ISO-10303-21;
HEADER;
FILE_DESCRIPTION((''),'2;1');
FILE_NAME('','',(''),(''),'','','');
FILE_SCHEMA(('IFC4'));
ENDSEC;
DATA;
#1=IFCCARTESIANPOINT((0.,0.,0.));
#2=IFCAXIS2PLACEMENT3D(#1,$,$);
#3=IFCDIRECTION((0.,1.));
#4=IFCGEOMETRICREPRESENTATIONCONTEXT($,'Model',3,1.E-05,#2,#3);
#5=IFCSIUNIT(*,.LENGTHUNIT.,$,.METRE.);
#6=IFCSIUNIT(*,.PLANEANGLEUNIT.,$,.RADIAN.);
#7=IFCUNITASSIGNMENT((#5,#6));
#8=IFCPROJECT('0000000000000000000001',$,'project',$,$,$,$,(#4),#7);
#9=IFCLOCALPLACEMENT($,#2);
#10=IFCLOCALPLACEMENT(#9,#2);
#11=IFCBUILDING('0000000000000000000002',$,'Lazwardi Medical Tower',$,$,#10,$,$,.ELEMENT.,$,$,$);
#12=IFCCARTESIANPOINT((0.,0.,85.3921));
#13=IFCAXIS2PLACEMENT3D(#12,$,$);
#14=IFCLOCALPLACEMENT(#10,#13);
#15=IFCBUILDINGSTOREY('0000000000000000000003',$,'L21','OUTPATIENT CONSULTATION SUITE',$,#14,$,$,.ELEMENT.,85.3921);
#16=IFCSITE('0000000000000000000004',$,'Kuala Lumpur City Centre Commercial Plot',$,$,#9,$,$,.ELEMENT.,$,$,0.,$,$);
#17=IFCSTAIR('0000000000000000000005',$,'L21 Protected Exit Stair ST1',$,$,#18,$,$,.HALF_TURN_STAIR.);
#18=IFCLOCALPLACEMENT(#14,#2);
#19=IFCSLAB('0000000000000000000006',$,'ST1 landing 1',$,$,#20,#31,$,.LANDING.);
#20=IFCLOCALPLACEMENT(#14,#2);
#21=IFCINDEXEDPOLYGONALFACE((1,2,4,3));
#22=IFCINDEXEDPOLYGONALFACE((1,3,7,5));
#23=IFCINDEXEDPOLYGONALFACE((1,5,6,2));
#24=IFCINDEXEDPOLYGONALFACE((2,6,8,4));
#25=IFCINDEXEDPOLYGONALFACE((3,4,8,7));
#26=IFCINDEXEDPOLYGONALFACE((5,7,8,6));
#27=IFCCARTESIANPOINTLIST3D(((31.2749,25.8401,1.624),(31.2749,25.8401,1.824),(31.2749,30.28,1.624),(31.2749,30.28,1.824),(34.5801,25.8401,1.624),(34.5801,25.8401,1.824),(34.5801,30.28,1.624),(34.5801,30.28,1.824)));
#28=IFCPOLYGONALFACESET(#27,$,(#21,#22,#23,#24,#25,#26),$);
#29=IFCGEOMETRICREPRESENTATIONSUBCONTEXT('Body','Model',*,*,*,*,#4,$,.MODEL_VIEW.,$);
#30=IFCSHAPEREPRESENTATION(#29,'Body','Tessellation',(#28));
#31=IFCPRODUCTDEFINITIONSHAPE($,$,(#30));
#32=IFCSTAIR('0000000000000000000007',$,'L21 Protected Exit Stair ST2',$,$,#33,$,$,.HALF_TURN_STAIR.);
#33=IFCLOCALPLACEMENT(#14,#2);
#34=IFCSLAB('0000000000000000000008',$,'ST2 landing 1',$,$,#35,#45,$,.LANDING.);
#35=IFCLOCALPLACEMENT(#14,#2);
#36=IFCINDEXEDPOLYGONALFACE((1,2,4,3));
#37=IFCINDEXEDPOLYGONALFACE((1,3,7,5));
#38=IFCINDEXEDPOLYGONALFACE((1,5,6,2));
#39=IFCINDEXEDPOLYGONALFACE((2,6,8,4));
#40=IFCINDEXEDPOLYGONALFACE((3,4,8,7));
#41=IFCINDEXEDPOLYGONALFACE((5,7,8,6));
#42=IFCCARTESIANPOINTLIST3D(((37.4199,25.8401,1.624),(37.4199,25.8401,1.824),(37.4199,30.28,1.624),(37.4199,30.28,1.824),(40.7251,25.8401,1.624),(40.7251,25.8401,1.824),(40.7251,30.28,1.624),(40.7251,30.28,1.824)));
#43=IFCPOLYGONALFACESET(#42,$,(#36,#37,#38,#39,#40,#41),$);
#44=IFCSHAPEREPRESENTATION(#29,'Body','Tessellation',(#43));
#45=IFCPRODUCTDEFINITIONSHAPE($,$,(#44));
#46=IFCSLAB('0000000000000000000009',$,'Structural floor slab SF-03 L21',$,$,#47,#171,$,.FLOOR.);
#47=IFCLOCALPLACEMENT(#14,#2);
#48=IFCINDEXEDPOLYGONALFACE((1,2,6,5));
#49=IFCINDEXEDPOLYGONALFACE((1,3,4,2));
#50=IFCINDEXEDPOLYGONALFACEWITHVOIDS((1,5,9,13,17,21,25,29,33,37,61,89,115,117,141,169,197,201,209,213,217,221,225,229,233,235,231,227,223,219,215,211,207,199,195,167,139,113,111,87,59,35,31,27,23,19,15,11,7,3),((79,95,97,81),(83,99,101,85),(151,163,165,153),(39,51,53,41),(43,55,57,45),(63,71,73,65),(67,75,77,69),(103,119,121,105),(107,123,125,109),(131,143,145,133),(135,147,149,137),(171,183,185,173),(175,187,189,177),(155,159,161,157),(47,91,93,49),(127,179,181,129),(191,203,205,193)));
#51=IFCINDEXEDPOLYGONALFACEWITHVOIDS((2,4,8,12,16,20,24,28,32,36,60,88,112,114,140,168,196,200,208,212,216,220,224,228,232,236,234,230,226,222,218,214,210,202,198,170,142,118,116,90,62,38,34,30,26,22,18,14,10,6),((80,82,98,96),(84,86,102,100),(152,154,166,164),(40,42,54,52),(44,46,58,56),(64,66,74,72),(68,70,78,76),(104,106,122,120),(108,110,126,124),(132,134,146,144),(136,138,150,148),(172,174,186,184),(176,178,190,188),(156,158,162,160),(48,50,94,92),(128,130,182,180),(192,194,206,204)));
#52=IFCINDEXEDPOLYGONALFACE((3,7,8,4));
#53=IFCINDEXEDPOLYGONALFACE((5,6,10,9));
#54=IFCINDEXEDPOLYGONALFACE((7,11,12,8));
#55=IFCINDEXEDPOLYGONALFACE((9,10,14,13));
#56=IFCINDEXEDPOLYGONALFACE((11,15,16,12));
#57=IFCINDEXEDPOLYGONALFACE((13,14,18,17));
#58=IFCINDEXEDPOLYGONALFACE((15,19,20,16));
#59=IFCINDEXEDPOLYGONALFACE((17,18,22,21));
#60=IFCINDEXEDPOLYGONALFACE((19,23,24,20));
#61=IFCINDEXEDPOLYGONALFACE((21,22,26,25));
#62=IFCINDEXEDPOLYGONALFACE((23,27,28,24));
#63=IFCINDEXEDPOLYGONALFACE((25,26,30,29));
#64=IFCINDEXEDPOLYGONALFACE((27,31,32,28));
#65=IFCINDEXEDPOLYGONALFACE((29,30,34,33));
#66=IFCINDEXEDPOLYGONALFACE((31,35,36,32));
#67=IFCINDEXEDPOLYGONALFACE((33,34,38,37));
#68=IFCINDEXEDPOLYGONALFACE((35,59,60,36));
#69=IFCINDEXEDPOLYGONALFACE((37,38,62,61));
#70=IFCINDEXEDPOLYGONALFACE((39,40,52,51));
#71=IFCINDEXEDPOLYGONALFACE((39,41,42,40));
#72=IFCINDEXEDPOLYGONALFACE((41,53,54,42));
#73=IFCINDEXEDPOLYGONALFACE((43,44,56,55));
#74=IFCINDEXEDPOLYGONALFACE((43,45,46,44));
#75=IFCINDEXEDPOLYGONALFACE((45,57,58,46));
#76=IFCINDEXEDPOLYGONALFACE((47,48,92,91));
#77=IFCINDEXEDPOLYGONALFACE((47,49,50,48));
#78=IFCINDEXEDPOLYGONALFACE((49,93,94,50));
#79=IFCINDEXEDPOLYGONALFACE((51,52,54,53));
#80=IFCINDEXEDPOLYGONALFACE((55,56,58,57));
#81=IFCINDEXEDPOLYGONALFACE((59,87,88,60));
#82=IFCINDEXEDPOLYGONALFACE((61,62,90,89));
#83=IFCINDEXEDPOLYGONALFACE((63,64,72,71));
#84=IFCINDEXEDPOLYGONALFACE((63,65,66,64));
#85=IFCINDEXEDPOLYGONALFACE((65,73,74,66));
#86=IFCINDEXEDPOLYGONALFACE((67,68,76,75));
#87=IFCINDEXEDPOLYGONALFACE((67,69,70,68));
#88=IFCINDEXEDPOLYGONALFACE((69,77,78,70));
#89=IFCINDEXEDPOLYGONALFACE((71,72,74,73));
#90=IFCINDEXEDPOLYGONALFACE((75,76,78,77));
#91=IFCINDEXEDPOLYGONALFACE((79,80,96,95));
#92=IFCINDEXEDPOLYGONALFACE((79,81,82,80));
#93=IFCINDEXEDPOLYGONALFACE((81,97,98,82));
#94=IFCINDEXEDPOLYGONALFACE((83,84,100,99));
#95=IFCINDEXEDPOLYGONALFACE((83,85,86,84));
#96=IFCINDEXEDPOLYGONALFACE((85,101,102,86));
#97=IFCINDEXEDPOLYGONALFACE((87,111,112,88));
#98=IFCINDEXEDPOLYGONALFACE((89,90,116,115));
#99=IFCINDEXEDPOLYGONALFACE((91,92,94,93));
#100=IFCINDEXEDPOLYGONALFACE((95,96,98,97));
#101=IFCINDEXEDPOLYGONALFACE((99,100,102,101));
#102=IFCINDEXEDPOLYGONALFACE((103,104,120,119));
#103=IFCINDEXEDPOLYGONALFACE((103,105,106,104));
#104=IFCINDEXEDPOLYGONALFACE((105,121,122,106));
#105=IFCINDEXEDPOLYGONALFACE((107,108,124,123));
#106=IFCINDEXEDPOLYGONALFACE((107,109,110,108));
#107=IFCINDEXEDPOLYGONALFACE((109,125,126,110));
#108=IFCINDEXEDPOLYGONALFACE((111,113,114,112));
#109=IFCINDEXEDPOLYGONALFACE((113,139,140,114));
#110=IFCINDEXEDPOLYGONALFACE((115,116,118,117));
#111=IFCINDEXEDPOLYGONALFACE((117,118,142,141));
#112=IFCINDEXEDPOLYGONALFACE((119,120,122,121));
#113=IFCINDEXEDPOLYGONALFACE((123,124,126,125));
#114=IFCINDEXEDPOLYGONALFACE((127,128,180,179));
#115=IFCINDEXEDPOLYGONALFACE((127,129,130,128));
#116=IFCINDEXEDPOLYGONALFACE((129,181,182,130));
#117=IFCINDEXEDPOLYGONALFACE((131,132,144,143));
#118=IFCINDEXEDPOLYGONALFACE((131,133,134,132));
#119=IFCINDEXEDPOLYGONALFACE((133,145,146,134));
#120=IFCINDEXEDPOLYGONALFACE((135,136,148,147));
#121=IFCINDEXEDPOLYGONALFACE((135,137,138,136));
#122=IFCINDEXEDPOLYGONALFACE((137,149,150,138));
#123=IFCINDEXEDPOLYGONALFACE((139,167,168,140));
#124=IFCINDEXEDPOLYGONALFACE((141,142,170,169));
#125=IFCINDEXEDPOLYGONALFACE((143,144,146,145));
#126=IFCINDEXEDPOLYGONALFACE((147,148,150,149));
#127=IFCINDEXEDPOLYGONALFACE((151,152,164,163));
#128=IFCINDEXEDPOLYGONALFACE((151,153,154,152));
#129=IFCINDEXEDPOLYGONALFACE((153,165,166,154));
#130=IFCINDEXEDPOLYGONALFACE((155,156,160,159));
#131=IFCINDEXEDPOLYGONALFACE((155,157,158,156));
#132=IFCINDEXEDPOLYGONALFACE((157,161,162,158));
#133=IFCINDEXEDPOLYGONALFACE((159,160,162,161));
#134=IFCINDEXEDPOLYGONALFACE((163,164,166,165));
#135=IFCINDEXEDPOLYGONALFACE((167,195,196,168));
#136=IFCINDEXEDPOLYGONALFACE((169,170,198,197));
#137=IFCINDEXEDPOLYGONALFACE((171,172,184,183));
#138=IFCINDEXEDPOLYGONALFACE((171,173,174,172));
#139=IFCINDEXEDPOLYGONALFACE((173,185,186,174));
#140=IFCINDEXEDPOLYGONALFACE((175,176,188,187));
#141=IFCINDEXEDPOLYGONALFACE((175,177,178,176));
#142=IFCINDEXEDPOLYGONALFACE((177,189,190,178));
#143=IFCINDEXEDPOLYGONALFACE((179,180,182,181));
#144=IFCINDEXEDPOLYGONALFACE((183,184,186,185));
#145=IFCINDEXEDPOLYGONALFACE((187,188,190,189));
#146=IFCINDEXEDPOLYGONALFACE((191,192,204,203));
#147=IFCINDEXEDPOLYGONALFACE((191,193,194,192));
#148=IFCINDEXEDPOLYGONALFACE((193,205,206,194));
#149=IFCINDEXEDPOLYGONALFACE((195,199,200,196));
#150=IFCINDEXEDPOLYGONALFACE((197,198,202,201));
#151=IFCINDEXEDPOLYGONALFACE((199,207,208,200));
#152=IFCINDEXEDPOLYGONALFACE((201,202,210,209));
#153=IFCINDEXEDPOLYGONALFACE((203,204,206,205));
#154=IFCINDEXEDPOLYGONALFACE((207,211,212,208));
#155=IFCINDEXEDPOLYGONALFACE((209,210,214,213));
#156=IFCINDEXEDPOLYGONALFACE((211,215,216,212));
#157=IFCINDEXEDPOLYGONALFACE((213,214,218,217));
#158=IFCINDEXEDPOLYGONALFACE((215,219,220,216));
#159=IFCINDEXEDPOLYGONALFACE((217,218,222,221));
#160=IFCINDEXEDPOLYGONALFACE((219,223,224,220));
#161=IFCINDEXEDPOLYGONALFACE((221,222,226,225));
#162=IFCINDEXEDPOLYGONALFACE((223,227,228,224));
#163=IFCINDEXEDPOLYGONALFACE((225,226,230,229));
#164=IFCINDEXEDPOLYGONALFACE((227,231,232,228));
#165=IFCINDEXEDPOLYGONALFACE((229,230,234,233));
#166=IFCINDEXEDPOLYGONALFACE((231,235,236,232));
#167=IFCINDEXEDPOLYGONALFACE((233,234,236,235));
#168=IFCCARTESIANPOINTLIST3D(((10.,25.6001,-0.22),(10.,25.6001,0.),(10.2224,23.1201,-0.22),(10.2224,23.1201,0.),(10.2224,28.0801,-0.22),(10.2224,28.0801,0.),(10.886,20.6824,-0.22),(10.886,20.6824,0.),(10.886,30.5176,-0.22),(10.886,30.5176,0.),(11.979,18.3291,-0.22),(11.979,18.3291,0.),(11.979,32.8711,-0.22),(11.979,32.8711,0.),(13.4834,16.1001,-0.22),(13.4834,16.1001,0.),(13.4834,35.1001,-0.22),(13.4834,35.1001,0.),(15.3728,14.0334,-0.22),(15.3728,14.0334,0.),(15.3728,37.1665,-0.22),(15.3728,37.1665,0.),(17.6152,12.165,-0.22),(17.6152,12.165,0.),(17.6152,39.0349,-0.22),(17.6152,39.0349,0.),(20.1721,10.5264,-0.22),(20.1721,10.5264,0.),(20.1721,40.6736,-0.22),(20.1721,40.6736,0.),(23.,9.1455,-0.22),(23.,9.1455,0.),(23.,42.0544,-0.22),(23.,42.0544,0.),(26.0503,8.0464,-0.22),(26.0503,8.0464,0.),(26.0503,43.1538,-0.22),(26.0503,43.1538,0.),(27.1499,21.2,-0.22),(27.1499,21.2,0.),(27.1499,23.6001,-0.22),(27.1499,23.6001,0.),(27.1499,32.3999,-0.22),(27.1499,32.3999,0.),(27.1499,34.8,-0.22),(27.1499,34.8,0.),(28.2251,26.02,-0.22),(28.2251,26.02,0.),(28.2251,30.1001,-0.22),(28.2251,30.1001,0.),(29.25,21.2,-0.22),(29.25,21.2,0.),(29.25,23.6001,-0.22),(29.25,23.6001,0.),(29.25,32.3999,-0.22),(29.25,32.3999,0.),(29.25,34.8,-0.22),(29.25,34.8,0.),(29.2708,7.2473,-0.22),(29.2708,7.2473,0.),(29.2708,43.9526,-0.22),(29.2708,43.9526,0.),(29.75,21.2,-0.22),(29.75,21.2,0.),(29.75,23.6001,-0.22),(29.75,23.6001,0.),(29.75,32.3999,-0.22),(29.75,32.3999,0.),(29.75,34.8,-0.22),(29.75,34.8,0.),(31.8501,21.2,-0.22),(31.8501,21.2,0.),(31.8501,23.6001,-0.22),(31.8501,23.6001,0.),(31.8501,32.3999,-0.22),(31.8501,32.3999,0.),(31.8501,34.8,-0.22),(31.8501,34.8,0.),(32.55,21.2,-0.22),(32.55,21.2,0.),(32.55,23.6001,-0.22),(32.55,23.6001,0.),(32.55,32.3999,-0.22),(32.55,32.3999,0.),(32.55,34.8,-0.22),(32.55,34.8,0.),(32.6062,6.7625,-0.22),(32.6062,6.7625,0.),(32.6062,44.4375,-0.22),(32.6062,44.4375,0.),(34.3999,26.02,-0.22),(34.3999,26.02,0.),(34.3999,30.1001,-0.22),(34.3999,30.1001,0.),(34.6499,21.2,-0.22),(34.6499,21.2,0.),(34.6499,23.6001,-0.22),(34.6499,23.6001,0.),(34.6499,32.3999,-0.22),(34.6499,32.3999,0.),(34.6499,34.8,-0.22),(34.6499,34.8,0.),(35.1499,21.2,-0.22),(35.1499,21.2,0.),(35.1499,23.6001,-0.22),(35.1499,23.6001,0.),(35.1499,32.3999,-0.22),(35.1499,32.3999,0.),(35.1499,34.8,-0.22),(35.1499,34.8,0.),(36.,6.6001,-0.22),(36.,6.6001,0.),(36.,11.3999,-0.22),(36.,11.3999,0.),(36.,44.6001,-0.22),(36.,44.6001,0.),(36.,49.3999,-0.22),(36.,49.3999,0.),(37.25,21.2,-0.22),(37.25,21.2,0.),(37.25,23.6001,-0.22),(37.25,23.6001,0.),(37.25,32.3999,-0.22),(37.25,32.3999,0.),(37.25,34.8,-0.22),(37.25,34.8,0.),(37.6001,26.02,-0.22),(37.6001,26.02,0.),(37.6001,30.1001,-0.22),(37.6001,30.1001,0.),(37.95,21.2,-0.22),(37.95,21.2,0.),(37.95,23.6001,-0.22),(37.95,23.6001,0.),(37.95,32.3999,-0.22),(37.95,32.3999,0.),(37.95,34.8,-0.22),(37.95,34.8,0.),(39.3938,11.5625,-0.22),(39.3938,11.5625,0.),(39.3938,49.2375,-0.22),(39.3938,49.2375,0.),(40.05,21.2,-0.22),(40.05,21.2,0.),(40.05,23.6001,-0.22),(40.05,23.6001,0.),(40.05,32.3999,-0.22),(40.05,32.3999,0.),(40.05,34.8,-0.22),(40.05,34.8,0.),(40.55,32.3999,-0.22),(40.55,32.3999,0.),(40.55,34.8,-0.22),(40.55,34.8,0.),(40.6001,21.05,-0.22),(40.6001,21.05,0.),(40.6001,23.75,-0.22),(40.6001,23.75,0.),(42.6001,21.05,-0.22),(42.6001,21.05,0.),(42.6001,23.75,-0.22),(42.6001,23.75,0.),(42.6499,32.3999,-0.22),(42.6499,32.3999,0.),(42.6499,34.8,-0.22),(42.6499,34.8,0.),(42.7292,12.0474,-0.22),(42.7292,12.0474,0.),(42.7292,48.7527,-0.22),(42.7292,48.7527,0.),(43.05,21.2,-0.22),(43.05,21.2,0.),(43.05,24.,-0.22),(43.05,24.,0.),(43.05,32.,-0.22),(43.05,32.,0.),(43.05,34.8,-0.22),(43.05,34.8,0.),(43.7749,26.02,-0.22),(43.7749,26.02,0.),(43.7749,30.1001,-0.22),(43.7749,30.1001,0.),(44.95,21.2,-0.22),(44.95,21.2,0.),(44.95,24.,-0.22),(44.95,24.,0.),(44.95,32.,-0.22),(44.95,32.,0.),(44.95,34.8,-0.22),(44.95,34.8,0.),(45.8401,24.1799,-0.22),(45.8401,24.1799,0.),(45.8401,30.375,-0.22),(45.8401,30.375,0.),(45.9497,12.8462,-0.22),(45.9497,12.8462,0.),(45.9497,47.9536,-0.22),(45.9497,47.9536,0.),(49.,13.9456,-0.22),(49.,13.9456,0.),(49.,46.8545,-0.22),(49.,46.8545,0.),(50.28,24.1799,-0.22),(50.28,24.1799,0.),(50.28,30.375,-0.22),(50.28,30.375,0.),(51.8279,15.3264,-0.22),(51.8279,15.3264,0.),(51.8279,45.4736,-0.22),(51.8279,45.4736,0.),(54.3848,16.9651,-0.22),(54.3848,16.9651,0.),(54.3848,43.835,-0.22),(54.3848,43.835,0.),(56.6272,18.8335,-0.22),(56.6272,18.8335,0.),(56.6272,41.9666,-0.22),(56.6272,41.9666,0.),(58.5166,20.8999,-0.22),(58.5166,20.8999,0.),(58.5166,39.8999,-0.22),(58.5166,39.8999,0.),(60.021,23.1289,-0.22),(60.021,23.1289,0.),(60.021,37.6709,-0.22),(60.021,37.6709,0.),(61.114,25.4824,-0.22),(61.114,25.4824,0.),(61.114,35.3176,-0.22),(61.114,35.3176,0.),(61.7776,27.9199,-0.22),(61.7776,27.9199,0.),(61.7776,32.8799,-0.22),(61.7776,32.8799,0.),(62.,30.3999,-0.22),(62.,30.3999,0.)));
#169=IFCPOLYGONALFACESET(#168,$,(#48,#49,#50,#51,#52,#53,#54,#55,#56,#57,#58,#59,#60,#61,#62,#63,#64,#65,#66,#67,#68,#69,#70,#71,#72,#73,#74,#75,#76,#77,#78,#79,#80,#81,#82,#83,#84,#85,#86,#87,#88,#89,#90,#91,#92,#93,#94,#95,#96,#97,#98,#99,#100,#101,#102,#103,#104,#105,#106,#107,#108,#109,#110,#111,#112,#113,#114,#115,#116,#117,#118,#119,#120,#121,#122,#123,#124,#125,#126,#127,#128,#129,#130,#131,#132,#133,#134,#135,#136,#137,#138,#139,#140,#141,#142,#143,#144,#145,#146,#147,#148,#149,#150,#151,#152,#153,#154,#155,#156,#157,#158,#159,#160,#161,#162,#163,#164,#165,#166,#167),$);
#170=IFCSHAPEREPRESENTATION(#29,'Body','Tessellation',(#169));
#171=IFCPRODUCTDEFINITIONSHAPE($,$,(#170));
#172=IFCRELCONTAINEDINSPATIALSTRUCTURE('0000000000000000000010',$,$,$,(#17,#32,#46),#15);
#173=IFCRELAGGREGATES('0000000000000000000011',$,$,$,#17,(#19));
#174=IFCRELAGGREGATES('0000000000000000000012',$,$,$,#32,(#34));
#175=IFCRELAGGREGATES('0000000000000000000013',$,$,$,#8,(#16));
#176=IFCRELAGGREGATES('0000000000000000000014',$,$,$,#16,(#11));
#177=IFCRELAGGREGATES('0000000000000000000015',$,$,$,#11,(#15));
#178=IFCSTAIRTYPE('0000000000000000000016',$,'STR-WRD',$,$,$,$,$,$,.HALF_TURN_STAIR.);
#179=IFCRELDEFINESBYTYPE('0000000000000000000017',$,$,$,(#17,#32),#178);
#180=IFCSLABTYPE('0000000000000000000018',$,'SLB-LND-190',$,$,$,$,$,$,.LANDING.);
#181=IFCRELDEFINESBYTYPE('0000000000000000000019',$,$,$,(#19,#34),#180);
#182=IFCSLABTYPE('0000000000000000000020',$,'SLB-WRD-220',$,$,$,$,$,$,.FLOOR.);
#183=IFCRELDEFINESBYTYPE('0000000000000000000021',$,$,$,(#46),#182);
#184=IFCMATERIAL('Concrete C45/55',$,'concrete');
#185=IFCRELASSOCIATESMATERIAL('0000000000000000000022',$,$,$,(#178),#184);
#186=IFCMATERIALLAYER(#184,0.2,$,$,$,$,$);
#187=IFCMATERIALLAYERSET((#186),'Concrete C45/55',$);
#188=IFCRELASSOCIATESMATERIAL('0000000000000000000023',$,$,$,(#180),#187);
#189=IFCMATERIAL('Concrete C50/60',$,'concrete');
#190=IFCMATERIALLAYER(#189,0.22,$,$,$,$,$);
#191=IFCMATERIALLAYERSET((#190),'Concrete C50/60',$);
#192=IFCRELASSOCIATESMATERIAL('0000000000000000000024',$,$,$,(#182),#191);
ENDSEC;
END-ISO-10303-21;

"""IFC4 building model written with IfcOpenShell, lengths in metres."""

from ifc_helpers import new_model, si_unit, direction, frame, origin, place, context, subcontext, project, spatial, polyline, outline, extrude, material, layer, layer_set, type_object, element, aggregate, save


model = new_model("IFC4")

# Units and contexts
model_context = context("Model", 3, precision=1e-05, world=origin(), true_north=direction((0.0, 1.0)))
body_context = subcontext(model_context, "Body", "Model", "MODEL_VIEW")
ifc_project = project(units=[si_unit("LENGTHUNIT", "METRE"), si_unit("PLANEANGLEUNIT", "RADIAN")], contexts=[model_context])

# Site, building, storey
site_placement = place(None, origin())
site = spatial("IfcSite", under=ifc_project, at=site_placement, Name="Kuala Lumpur City Centre Commercial Plot", CompositionType="ELEMENT", RefElevation=0.0)
building_placement = place(site_placement, origin())
building = spatial("IfcBuilding", under=site, at=building_placement, Name="Lazwardi Medical Tower", CompositionType="ELEMENT")
storey_placement = place(building_placement, frame((0.0, 0.0, 85.3921)))
storey = spatial("IfcBuildingStorey", under=building, at=storey_placement, Name="L21", Description="OUTPATIENT CONSULTATION SUITE", CompositionType="ELEMENT", Elevation=85.3921)

# Stairs, slabs
ifc_material_1 = material(Name="Concrete C45/55", Category="concrete")
stair_type = type_object("IfcStairType", Name="STR-WRD", PredefinedType="HALF_TURN_STAIR", material=ifc_material_1)
stair_1_placement = place(storey_placement, origin())
stair_1 = element("IfcStair", 1, at=stair_1_placement, inside=storey, type_object=stair_type, Name="L21 Protected Exit Stair ST1", PredefinedType="HALF_TURN_STAIR")
ifc_layer_1 = layer(ifc_material_1, 0.2)
ifc_layer_set_1 = layer_set([ifc_layer_1], Name="Concrete C45/55")
slab_type_1 = type_object("IfcSlabType", Name="SLB-LND-190", PredefinedType="LANDING", material=ifc_layer_set_1)
slab_1_placement = place(storey_placement, frame((0.0, 0.0, 1.624)))
slab_1 = element("IfcSlab", 2, at=slab_1_placement, type_object=slab_type_1, Name="ST1 landing 1", PredefinedType="LANDING", context=body_context, shape_type="SweptSolid", body=[
    extrude(outline(polyline([(31.2749, 25.8401), (34.5801, 25.8401), (34.5801, 30.28), (31.2749, 30.28), (31.2749, 25.8401)])), origin(), (0.0, 0.0, 1.0), 0.2),
])
aggregate(stair_1, [slab_1])
stair_2_placement = place(storey_placement, origin())
stair_2 = element("IfcStair", 3, at=stair_2_placement, inside=storey, type_object=stair_type, Name="L21 Protected Exit Stair ST2", PredefinedType="HALF_TURN_STAIR")
slab_2_placement = place(storey_placement, frame((0.0, 0.0, 1.624)))
slab_2 = element("IfcSlab", 4, at=slab_2_placement, type_object=slab_type_1, Name="ST2 landing 1", PredefinedType="LANDING", context=body_context, shape_type="SweptSolid", body=[
    extrude(outline(polyline([(40.7251, 30.28), (37.4199, 30.28), (37.4199, 25.8401), (40.7251, 25.8401), (40.7251, 30.28)])), origin(), (0.0, 0.0, 1.0), 0.2),
])
aggregate(stair_2, [slab_2])

# Slab
ifc_material_2 = material(Name="Concrete C50/60", Category="concrete")
ifc_layer_2 = layer(ifc_material_2, 0.22)
ifc_layer_set_2 = layer_set([ifc_layer_2], Name="Concrete C50/60")
slab_type_2 = type_object("IfcSlabType", Name="SLB-WRD-220", PredefinedType="FLOOR", material=ifc_layer_set_2)
slab_3_placement = place(storey_placement, frame((0.0, 0.0, -0.22)))
element("IfcSlab", 5, at=slab_3_placement, inside=storey, type_object=slab_type_2, Name="Structural floor slab SF-03 L21", PredefinedType="FLOOR", context=body_context, shape_type="SweptSolid", body=[
    extrude(outline(polyline([(11.979, 32.8711), (10.886, 30.5176), (10.2224, 28.0801), (10.0, 25.6001), (10.2224, 23.1201), (10.886, 20.6824), (11.979, 18.3291), (13.4834, 16.1001), (15.3728, 14.0334), (17.6152, 12.165), (20.1721, 10.5264), (23.0, 9.1455), (26.0503, 8.0464), (29.2708, 7.2473), (32.6062, 6.7625), (36.0, 6.6001), (36.0, 11.3999), (39.3938, 11.5625), (42.7292, 12.0474), (45.9497, 12.8462), (49.0, 13.9456), (51.8279, 15.3264), (54.3848, 16.9651), (56.6272, 18.8335), (58.5166, 20.8999), (60.021, 23.1289), (61.114, 25.4824), (61.7776, 27.9199), (62.0, 30.3999), (61.7776, 32.8799), (61.114, 35.3176), (60.021, 37.6709), (58.5166, 39.8999), (56.6272, 41.9666), (54.3848, 43.835), (51.8279, 45.4736), (49.0, 46.8545), (45.9497, 47.9536), (42.7292, 48.7527), (39.3938, 49.2375), (36.0, 49.3999), (36.0, 44.6001), (32.6062, 44.4375), (29.2708, 43.9526), (26.0503, 43.1538), (23.0, 42.0544), (20.1721, 40.6736), (17.6152, 39.0349), (15.3728, 37.1665), (13.4834, 35.1001), (11.979, 32.8711)]), holes=[polyline([(28.2251, 26.02), (28.2251, 30.1001), (34.3999, 30.1001), (34.3999, 26.02), (28.2251, 26.02)]), polyline([(37.6001, 30.1001), (43.7749, 30.1001), (43.7749, 26.02), (37.6001, 26.02), (37.6001, 30.1001)]), polyline([(50.28, 30.375), (50.28, 24.1799), (45.8401, 24.1799), (45.8401, 30.375), (50.28, 30.375)]), polyline([(29.25, 32.3999), (27.1499, 32.3999), (27.1499, 34.8), (29.25, 34.8), (29.25, 32.3999)]), polyline([(29.75, 32.3999), (29.75, 34.8), (31.8501, 34.8), (31.8501, 32.3999), (29.75, 32.3999)]), polyline([(27.1499, 23.6001), (29.25, 23.6001), (29.25, 21.2), (27.1499, 21.2), (27.1499, 23.6001)]), polyline([(31.8501, 23.6001), (31.8501, 21.2), (29.75, 21.2), (29.75, 23.6001), (31.8501, 23.6001)]), polyline([(34.6499, 32.3999), (32.55, 32.3999), (32.55, 34.8), (34.6499, 34.8), (34.6499, 32.3999)]), polyline([(35.1499, 32.3999), (35.1499, 34.8), (37.25, 34.8), (37.25, 32.3999), (35.1499, 32.3999)]), polyline([(32.55, 23.6001), (34.6499, 23.6001), (34.6499, 21.2), (32.55, 21.2), (32.55, 23.6001)]), polyline([(37.25, 23.6001), (37.25, 21.2), (35.1499, 21.2), (35.1499, 23.6001), (37.25, 23.6001)]), polyline([(40.05, 32.3999), (37.95, 32.3999), (37.95, 34.8), (40.05, 34.8), (40.05, 32.3999)]), polyline([(40.55, 32.3999), (40.55, 34.8), (42.6499, 34.8), (42.6499, 32.3999), (40.55, 32.3999)]), polyline([(37.95, 23.6001), (40.05, 23.6001), (40.05, 21.2), (37.95, 21.2), (37.95, 23.6001)]), polyline([(44.95, 34.8), (44.95, 32.0), (43.05, 32.0), (43.05, 34.8), (44.95, 34.8)]), polyline([(44.95, 21.2), (43.05, 21.2), (43.05, 24.0), (44.95, 24.0), (44.95, 21.2)]), polyline([(40.6001, 21.05), (40.6001, 23.75), (42.6001, 23.75), (42.6001, 21.05), (40.6001, 21.05)])]), origin(), (0.0, 0.0, 1.0), 0.22),
])

save(model, "model.ifc")
